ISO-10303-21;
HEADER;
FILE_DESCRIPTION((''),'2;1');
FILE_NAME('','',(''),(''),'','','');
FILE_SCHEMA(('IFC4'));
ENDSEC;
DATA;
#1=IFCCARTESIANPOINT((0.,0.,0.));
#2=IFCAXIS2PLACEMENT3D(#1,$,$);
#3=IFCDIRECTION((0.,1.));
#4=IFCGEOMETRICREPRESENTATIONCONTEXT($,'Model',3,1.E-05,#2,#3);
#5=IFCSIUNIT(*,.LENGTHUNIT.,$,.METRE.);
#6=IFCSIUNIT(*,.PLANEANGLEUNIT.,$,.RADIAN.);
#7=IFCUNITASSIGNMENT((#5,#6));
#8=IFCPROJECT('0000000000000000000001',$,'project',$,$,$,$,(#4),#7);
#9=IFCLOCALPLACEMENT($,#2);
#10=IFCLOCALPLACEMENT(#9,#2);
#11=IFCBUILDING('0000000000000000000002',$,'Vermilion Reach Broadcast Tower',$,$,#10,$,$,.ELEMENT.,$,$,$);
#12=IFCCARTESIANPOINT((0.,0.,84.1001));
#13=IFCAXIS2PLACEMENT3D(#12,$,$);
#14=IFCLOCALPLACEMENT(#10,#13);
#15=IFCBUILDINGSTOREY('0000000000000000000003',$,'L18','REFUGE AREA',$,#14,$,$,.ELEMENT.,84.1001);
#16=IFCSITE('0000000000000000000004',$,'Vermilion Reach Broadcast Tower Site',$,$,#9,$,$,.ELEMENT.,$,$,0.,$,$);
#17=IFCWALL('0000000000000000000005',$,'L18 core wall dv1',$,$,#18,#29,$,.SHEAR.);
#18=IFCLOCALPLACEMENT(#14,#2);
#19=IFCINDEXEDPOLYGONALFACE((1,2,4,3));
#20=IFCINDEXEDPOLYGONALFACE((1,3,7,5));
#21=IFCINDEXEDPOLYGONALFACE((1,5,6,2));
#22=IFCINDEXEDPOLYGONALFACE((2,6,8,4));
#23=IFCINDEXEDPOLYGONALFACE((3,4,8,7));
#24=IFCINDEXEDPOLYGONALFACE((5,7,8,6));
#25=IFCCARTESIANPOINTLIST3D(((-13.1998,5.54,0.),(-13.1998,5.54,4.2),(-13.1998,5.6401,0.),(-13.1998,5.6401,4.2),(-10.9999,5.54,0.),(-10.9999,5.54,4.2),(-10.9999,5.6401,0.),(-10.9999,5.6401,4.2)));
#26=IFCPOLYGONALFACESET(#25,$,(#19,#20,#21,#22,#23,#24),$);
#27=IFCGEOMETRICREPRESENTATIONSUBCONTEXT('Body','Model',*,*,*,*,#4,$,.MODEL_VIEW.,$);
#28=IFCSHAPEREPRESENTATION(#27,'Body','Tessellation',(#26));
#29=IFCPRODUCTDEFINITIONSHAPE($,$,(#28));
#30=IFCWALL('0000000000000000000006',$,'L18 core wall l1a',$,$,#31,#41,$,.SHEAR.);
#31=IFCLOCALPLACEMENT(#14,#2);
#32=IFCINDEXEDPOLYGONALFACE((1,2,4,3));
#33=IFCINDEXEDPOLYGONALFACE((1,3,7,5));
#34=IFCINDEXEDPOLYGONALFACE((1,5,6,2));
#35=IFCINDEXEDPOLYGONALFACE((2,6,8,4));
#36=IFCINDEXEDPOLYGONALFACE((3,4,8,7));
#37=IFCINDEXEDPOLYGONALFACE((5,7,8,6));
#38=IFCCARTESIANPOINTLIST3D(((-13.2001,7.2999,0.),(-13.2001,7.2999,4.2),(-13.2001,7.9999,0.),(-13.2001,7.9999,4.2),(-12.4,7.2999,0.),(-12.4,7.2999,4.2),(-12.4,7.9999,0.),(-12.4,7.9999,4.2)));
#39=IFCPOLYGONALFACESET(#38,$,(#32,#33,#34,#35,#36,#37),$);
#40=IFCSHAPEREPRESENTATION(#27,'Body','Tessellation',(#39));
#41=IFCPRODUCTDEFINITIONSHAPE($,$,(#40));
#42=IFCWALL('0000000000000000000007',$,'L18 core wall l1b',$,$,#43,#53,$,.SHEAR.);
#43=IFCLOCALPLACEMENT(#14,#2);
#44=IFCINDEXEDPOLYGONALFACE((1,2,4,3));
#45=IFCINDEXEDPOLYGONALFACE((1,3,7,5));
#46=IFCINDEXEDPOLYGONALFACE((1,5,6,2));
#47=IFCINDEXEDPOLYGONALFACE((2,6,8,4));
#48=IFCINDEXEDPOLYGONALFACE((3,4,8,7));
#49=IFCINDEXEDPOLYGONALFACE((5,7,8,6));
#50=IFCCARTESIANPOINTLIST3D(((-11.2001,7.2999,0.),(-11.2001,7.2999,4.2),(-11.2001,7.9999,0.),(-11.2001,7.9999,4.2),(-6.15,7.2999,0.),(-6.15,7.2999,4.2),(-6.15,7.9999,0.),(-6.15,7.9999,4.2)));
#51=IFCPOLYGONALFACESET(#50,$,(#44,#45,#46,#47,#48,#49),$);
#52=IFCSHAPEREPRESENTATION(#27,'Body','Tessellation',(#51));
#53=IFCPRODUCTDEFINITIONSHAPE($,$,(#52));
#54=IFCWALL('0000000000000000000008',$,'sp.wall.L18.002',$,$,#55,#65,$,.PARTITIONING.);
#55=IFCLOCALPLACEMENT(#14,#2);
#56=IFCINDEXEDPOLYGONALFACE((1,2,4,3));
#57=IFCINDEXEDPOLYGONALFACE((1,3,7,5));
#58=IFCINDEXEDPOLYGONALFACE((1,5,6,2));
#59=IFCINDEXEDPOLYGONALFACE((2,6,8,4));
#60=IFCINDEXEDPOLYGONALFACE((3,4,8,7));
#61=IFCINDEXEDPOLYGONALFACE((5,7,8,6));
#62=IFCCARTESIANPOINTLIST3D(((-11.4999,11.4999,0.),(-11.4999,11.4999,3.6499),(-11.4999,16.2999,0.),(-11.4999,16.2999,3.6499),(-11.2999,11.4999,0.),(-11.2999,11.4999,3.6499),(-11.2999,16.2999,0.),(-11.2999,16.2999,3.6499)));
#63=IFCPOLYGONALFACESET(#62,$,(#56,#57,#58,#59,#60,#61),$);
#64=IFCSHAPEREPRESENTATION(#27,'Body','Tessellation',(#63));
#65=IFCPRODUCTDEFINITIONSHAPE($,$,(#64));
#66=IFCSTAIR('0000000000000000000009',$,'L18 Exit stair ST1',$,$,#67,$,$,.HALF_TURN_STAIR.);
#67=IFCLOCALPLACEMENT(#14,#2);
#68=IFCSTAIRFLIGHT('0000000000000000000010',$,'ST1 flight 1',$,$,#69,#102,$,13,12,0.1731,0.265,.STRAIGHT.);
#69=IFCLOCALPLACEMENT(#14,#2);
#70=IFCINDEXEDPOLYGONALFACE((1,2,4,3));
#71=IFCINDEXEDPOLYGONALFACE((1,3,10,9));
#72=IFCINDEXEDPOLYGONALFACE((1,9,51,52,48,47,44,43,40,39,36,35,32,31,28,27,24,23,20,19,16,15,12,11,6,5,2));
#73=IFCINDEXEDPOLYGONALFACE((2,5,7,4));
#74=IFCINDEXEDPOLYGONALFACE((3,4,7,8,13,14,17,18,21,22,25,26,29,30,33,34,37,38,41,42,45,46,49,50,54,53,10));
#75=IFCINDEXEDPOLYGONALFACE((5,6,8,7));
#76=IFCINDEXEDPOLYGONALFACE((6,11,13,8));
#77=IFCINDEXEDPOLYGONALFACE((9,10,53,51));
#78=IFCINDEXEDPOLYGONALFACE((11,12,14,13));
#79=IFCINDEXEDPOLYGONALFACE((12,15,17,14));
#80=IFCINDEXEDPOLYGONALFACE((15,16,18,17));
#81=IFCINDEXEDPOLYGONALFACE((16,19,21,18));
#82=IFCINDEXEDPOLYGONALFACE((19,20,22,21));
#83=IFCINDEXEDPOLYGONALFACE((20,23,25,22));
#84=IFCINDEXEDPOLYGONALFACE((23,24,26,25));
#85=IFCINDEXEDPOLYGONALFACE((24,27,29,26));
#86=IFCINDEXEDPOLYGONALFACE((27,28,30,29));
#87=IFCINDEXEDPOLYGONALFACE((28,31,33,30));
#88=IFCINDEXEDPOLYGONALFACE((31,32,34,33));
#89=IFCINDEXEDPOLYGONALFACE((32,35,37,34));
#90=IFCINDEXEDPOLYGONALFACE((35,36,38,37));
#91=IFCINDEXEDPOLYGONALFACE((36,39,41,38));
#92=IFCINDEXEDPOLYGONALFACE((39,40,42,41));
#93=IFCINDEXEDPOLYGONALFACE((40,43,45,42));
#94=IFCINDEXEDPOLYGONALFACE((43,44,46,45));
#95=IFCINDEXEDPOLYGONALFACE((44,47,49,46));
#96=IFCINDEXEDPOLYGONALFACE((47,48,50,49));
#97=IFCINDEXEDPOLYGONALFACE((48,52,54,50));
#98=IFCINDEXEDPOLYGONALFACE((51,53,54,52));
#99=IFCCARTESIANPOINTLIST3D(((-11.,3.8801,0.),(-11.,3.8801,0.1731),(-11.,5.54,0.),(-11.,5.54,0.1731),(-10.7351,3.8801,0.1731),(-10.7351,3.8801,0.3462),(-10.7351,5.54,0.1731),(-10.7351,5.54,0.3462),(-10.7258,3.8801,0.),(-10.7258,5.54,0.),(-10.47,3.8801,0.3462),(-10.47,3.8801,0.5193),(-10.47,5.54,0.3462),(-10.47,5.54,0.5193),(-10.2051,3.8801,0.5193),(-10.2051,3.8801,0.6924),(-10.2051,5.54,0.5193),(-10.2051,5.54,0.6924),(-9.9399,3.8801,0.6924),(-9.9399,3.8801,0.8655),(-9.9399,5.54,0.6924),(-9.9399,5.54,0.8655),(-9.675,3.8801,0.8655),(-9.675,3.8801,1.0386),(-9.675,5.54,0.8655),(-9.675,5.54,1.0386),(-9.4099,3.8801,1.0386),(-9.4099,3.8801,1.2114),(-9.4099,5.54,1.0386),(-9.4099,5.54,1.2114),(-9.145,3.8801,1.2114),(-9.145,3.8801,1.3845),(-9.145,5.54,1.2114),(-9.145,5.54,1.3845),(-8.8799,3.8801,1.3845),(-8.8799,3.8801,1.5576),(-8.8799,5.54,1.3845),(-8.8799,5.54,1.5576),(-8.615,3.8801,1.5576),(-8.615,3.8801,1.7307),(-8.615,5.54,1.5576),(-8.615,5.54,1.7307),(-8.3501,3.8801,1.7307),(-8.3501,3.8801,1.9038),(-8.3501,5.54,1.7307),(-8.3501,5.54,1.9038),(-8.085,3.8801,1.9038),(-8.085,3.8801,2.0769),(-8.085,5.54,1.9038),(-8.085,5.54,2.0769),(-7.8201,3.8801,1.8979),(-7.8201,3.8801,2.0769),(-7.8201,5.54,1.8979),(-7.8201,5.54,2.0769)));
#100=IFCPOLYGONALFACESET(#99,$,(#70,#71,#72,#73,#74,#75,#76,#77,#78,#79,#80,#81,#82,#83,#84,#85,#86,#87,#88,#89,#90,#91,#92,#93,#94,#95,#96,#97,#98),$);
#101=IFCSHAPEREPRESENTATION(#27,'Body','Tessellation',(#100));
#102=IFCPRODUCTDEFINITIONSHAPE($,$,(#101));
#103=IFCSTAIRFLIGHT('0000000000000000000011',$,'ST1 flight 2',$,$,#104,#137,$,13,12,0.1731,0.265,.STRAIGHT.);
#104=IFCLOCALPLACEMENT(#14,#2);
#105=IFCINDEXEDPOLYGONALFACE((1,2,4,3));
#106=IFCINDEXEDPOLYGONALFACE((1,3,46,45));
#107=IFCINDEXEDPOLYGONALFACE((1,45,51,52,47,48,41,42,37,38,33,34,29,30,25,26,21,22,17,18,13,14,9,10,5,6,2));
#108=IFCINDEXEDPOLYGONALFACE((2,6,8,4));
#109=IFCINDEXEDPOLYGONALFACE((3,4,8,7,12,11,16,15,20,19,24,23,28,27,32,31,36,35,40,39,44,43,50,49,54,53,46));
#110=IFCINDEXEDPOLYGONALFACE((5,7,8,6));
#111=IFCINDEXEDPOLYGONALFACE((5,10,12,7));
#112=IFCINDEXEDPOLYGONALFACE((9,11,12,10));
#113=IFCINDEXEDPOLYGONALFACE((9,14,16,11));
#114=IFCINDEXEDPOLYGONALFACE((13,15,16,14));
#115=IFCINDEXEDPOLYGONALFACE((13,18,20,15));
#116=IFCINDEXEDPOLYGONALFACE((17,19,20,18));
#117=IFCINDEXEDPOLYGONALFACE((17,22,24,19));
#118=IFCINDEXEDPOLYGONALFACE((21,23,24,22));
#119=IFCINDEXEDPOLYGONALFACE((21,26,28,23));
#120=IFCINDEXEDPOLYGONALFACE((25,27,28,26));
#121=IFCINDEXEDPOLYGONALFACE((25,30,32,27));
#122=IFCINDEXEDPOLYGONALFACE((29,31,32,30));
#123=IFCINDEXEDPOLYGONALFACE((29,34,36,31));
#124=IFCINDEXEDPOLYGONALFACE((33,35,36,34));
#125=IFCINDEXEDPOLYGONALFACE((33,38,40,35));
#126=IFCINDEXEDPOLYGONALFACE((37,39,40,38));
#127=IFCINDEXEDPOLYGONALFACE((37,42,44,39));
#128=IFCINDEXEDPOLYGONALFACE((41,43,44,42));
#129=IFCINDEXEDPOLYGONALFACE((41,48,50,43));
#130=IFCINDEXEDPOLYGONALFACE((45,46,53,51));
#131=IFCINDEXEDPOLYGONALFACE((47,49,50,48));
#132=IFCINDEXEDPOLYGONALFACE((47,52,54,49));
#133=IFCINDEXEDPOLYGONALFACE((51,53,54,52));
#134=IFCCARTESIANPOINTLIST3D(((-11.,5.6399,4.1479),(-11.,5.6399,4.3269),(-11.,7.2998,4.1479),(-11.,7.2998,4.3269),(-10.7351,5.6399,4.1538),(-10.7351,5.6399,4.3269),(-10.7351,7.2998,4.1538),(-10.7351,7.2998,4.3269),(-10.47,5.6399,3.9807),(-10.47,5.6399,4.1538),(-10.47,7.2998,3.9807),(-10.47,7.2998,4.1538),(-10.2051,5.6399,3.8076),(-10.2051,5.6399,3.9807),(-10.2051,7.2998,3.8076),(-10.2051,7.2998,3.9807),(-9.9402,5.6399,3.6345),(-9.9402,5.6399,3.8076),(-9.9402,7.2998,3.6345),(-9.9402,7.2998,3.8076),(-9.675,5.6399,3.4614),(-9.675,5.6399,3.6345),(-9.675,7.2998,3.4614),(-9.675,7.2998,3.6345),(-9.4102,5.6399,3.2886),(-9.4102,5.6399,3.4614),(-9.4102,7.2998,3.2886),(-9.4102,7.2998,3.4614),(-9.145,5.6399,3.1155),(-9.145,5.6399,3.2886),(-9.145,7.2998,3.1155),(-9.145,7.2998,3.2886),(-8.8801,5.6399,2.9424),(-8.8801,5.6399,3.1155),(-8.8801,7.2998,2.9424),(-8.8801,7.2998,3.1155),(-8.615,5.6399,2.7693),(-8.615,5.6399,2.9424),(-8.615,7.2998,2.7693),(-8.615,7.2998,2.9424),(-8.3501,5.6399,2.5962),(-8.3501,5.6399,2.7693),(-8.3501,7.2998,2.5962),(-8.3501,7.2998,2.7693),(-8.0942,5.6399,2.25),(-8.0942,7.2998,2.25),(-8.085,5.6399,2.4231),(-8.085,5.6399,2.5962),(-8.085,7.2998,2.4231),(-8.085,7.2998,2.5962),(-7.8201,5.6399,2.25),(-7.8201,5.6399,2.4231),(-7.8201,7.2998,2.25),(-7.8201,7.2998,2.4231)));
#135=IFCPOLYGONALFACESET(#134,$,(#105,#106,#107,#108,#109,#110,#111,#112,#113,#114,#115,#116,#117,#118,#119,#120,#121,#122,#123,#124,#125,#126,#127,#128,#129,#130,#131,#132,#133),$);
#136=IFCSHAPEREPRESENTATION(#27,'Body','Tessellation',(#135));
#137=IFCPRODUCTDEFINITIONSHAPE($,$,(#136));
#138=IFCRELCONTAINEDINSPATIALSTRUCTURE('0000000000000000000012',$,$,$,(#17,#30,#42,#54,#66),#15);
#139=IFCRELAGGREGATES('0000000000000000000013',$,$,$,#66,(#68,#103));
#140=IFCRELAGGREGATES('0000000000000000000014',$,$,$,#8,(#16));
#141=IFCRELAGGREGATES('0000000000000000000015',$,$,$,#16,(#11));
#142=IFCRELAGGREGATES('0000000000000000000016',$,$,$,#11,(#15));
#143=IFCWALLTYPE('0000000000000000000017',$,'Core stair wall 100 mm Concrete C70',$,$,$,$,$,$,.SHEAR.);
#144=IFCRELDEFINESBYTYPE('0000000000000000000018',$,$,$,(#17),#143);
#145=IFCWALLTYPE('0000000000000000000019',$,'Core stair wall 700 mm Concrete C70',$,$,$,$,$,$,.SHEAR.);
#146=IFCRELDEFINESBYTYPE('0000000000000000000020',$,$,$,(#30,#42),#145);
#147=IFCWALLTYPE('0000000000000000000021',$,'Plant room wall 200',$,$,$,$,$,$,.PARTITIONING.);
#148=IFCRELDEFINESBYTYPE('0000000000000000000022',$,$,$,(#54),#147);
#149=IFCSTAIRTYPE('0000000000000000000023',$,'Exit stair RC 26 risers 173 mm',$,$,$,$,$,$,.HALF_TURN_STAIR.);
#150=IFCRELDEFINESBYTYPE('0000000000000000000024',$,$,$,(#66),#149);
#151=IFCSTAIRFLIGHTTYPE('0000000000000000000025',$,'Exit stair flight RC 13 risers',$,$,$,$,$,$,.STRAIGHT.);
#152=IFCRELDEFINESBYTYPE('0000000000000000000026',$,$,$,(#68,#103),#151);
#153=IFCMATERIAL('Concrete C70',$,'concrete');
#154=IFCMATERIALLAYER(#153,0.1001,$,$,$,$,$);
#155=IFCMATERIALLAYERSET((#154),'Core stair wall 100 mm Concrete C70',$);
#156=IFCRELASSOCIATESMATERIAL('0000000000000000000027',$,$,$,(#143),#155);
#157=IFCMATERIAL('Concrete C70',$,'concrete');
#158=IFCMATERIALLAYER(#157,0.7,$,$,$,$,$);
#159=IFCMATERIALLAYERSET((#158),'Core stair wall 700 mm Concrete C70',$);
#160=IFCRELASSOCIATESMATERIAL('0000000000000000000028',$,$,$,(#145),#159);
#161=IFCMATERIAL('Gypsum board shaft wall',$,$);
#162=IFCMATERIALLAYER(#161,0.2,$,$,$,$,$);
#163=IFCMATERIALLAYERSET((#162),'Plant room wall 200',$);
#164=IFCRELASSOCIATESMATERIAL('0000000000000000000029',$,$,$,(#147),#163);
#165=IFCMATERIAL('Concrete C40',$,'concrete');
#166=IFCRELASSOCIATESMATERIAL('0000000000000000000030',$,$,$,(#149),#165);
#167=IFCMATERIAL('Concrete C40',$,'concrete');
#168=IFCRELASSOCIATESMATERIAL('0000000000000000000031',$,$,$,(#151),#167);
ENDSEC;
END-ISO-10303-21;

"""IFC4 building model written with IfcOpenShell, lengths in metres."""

from ifc_helpers import new_model, si_unit, direction, frame, frame_2d, origin, place, context, subcontext, project, spatial, polyline, rectangle, outline, extrude, material, layer, layer_set, type_object, element, aggregate, save


model = new_model("IFC4")

# Units and contexts
model_context = context("Model", 3, precision=1e-05, world=origin(), true_north=direction((0.0, 1.0)))
body_context = subcontext(model_context, "Body", "Model", "MODEL_VIEW")
ifc_project = project(units=[si_unit("LENGTHUNIT", "METRE"), si_unit("PLANEANGLEUNIT", "RADIAN")], contexts=[model_context])

# Site, building, storey
site_placement = place(None, origin())
site = spatial("IfcSite", under=ifc_project, at=site_placement, Name="Vermilion Reach Broadcast Tower Site", CompositionType="ELEMENT", RefElevation=0.0)
building_placement = place(site_placement, origin())
building = spatial("IfcBuilding", under=site, at=building_placement, Name="Vermilion Reach Broadcast Tower", CompositionType="ELEMENT")
storey_placement = place(building_placement, frame((0.0, 0.0, 84.1001)))
storey = spatial("IfcBuildingStorey", under=building, at=storey_placement, Name="L18", Description="REFUGE AREA", CompositionType="ELEMENT", Elevation=84.1001)

# Walls
ifc_material_1 = material(Name="Concrete C70", Category="concrete")
ifc_layer_1 = layer(ifc_material_1, 0.1001)
ifc_layer_set_1 = layer_set([ifc_layer_1], Name="Core stair wall 100 mm Concrete C70")
wall_type_1 = type_object("IfcWallType", Name="Core stair wall 100 mm Concrete C70", PredefinedType="SHEAR", material=ifc_layer_set_1)
wall_1_placement = place(storey_placement, frame((-13.2, 5.5901, 0.0), z_axis=(0.0, 0.0, 1.0), x_axis=(1.0, 0.0, 0.0)))
element("IfcWall", 1, at=wall_1_placement, inside=storey, type_object=wall_type_1, Name="L18 core wall dv1", PredefinedType="SHEAR", context=body_context, shape_type="SweptSolid", body=[
    extrude(rectangle(XDim=2.2, YDim=0.1001, at=frame_2d((1.1001, 0.0))), origin(), (0.0, 0.0, 1.0), 4.2),
])
ifc_material_2 = material(Name="Concrete C70", Category="concrete")
ifc_layer_2 = layer(ifc_material_2, 0.7)
ifc_layer_set_2 = layer_set([ifc_layer_2], Name="Core stair wall 700 mm Concrete C70")
wall_type_2 = type_object("IfcWallType", Name="Core stair wall 700 mm Concrete C70", PredefinedType="SHEAR", material=ifc_layer_set_2)
wall_2_placement = place(storey_placement, frame((-13.2, 7.6499, 0.0), z_axis=(0.0, 0.0, 1.0), x_axis=(1.0, 0.0, 0.0)))
element("IfcWall", 2, at=wall_2_placement, inside=storey, type_object=wall_type_2, Name="L18 core wall l1a", PredefinedType="SHEAR", context=body_context, shape_type="SweptSolid", body=[
    extrude(rectangle(XDim=0.8, YDim=0.7, at=frame_2d((0.3999, 0.0))), origin(), (0.0, 0.0, 1.0), 4.2),
])
wall_3_placement = place(storey_placement, frame((-11.2, 7.6499, 0.0), z_axis=(0.0, 0.0, 1.0), x_axis=(1.0, 0.0, 0.0)))
element("IfcWall", 3, at=wall_3_placement, inside=storey, type_object=wall_type_2, Name="L18 core wall l1b", PredefinedType="SHEAR", context=body_context, shape_type="SweptSolid", body=[
    extrude(rectangle(XDim=5.05, YDim=0.7, at=frame_2d((2.5249, 0.0))), origin(), (0.0, 0.0, 1.0), 4.2),
])
ifc_material_3 = material(Name="Gypsum board shaft wall")
ifc_layer_3 = layer(ifc_material_3, 0.2)
ifc_layer_set_3 = layer_set([ifc_layer_3], Name="Plant room wall 200")
wall_type_3 = type_object("IfcWallType", Name="Plant room wall 200", PredefinedType="PARTITIONING", material=ifc_layer_set_3)
wall_4_placement = place(storey_placement, frame((-11.3999, 11.5, 0.0), z_axis=(0.0, 0.0, 1.0), x_axis=(0.0, 1.0, 0.0)))
element("IfcWall", 4, at=wall_4_placement, inside=storey, type_object=wall_type_3, Name="sp.wall.L18.002", PredefinedType="PARTITIONING", context=body_context, shape_type="SweptSolid", body=[
    extrude(rectangle(XDim=4.8, YDim=0.2, at=frame_2d((2.3999, 0.0))), origin(), (0.0, 0.0, 1.0), 3.6499),
])

# Stair, stair flights
ifc_material_4 = material(Name="Concrete C40", Category="concrete")
stair_type = type_object("IfcStairType", Name="Exit stair RC 26 risers 173 mm", PredefinedType="HALF_TURN_STAIR", material=ifc_material_4)
stair_placement = place(storey_placement, origin())
stair = element("IfcStair", 5, at=stair_placement, inside=storey, type_object=stair_type, Name="L18 Exit stair ST1", PredefinedType="HALF_TURN_STAIR")
ifc_material_5 = material(Name="Concrete C40", Category="concrete")
stair_flight_type = type_object("IfcStairFlightType", Name="Exit stair flight RC 13 risers", PredefinedType="STRAIGHT", material=ifc_material_5)
stair_flight_1_placement = place(storey_placement, frame((-11.0, 4.71, 0.0), z_axis=(0.0, 0.0, 1.0), x_axis=(1.0, 0.0, 0.0)))
stair_flight_1 = element("IfcStairFlight", 6, at=stair_flight_1_placement, type_object=stair_flight_type, Name="ST1 flight 1", NumberOfRisers=13, NumberOfTreads=12, PredefinedType="STRAIGHT", RiserHeight=0.1731, TreadLength=0.265, context=body_context, shape_type="SweptSolid", body=[
    extrude(outline(polyline([(0.0, 0.0), (0.0, 0.1731), (0.2649, 0.1731), (0.2649, 0.3462), (0.53, 0.3462), (0.53, 0.5193), (0.7949, 0.5193), (0.7949, 0.6924), (1.0601, 0.6924), (1.0601, 0.8655), (1.325, 0.8655), (1.325, 1.0386), (1.5901, 1.0386), (1.5901, 1.2114), (1.855, 1.2114), (1.855, 1.3845), (2.1201, 1.3845), (2.1201, 1.5576), (2.385, 1.5576), (2.385, 1.7307), (2.6499, 1.7307), (2.6499, 1.9038), (2.915, 1.9038), (2.915, 2.0769), (3.1799, 2.0769), (3.1799, 2.25), (3.1799, 1.8979), (0.2742, 0.0), (0.0, 0.0)])), frame((0.0, 0.8301, 0.0), z_axis=(0.0, -1.0, 0.0), x_axis=(1.0, 0.0, 0.0)), (0.0, 0.0, 1.0), 1.6599),
])
stair_flight_2_placement = place(storey_placement, frame((-7.8201, 6.47, 2.25), z_axis=(0.0, 0.0, 1.0), x_axis=(-1.0, 0.0, 0.0)))
stair_flight_2 = element("IfcStairFlight", 7, at=stair_flight_2_placement, type_object=stair_flight_type, Name="ST1 flight 2", NumberOfRisers=13, NumberOfTreads=12, PredefinedType="STRAIGHT", RiserHeight=0.1731, TreadLength=0.265, context=body_context, shape_type="SweptSolid", body=[
    extrude(outline(polyline([(0.0, 0.0), (0.0, 0.1731), (0.2649, 0.1731), (0.2649, 0.3462), (0.53, 0.3462), (0.53, 0.5193), (0.7949, 0.5193), (0.7949, 0.6924), (1.0601, 0.6924), (1.0601, 0.8655), (1.325, 0.8655), (1.325, 1.0386), (1.5901, 1.0386), (1.5901, 1.2114), (1.855, 1.2114), (1.855, 1.3845), (2.1201, 1.3845), (2.1201, 1.5576), (2.385, 1.5576), (2.385, 1.7307), (2.6499, 1.7307), (2.6499, 1.9038), (2.915, 1.9038), (2.915, 2.0769), (3.1799, 2.0769), (3.1799, 2.25), (3.1799, 1.8979), (0.2742, 0.0), (0.0, 0.0)])), frame((0.0, 0.8301, 0.0), z_axis=(0.0, -1.0, 0.0), x_axis=(1.0, 0.0, 0.0)), (0.0, 0.0, 1.0), 1.6599),
])
aggregate(stair, [stair_flight_1, stair_flight_2])

save(model, "model.ifc")
